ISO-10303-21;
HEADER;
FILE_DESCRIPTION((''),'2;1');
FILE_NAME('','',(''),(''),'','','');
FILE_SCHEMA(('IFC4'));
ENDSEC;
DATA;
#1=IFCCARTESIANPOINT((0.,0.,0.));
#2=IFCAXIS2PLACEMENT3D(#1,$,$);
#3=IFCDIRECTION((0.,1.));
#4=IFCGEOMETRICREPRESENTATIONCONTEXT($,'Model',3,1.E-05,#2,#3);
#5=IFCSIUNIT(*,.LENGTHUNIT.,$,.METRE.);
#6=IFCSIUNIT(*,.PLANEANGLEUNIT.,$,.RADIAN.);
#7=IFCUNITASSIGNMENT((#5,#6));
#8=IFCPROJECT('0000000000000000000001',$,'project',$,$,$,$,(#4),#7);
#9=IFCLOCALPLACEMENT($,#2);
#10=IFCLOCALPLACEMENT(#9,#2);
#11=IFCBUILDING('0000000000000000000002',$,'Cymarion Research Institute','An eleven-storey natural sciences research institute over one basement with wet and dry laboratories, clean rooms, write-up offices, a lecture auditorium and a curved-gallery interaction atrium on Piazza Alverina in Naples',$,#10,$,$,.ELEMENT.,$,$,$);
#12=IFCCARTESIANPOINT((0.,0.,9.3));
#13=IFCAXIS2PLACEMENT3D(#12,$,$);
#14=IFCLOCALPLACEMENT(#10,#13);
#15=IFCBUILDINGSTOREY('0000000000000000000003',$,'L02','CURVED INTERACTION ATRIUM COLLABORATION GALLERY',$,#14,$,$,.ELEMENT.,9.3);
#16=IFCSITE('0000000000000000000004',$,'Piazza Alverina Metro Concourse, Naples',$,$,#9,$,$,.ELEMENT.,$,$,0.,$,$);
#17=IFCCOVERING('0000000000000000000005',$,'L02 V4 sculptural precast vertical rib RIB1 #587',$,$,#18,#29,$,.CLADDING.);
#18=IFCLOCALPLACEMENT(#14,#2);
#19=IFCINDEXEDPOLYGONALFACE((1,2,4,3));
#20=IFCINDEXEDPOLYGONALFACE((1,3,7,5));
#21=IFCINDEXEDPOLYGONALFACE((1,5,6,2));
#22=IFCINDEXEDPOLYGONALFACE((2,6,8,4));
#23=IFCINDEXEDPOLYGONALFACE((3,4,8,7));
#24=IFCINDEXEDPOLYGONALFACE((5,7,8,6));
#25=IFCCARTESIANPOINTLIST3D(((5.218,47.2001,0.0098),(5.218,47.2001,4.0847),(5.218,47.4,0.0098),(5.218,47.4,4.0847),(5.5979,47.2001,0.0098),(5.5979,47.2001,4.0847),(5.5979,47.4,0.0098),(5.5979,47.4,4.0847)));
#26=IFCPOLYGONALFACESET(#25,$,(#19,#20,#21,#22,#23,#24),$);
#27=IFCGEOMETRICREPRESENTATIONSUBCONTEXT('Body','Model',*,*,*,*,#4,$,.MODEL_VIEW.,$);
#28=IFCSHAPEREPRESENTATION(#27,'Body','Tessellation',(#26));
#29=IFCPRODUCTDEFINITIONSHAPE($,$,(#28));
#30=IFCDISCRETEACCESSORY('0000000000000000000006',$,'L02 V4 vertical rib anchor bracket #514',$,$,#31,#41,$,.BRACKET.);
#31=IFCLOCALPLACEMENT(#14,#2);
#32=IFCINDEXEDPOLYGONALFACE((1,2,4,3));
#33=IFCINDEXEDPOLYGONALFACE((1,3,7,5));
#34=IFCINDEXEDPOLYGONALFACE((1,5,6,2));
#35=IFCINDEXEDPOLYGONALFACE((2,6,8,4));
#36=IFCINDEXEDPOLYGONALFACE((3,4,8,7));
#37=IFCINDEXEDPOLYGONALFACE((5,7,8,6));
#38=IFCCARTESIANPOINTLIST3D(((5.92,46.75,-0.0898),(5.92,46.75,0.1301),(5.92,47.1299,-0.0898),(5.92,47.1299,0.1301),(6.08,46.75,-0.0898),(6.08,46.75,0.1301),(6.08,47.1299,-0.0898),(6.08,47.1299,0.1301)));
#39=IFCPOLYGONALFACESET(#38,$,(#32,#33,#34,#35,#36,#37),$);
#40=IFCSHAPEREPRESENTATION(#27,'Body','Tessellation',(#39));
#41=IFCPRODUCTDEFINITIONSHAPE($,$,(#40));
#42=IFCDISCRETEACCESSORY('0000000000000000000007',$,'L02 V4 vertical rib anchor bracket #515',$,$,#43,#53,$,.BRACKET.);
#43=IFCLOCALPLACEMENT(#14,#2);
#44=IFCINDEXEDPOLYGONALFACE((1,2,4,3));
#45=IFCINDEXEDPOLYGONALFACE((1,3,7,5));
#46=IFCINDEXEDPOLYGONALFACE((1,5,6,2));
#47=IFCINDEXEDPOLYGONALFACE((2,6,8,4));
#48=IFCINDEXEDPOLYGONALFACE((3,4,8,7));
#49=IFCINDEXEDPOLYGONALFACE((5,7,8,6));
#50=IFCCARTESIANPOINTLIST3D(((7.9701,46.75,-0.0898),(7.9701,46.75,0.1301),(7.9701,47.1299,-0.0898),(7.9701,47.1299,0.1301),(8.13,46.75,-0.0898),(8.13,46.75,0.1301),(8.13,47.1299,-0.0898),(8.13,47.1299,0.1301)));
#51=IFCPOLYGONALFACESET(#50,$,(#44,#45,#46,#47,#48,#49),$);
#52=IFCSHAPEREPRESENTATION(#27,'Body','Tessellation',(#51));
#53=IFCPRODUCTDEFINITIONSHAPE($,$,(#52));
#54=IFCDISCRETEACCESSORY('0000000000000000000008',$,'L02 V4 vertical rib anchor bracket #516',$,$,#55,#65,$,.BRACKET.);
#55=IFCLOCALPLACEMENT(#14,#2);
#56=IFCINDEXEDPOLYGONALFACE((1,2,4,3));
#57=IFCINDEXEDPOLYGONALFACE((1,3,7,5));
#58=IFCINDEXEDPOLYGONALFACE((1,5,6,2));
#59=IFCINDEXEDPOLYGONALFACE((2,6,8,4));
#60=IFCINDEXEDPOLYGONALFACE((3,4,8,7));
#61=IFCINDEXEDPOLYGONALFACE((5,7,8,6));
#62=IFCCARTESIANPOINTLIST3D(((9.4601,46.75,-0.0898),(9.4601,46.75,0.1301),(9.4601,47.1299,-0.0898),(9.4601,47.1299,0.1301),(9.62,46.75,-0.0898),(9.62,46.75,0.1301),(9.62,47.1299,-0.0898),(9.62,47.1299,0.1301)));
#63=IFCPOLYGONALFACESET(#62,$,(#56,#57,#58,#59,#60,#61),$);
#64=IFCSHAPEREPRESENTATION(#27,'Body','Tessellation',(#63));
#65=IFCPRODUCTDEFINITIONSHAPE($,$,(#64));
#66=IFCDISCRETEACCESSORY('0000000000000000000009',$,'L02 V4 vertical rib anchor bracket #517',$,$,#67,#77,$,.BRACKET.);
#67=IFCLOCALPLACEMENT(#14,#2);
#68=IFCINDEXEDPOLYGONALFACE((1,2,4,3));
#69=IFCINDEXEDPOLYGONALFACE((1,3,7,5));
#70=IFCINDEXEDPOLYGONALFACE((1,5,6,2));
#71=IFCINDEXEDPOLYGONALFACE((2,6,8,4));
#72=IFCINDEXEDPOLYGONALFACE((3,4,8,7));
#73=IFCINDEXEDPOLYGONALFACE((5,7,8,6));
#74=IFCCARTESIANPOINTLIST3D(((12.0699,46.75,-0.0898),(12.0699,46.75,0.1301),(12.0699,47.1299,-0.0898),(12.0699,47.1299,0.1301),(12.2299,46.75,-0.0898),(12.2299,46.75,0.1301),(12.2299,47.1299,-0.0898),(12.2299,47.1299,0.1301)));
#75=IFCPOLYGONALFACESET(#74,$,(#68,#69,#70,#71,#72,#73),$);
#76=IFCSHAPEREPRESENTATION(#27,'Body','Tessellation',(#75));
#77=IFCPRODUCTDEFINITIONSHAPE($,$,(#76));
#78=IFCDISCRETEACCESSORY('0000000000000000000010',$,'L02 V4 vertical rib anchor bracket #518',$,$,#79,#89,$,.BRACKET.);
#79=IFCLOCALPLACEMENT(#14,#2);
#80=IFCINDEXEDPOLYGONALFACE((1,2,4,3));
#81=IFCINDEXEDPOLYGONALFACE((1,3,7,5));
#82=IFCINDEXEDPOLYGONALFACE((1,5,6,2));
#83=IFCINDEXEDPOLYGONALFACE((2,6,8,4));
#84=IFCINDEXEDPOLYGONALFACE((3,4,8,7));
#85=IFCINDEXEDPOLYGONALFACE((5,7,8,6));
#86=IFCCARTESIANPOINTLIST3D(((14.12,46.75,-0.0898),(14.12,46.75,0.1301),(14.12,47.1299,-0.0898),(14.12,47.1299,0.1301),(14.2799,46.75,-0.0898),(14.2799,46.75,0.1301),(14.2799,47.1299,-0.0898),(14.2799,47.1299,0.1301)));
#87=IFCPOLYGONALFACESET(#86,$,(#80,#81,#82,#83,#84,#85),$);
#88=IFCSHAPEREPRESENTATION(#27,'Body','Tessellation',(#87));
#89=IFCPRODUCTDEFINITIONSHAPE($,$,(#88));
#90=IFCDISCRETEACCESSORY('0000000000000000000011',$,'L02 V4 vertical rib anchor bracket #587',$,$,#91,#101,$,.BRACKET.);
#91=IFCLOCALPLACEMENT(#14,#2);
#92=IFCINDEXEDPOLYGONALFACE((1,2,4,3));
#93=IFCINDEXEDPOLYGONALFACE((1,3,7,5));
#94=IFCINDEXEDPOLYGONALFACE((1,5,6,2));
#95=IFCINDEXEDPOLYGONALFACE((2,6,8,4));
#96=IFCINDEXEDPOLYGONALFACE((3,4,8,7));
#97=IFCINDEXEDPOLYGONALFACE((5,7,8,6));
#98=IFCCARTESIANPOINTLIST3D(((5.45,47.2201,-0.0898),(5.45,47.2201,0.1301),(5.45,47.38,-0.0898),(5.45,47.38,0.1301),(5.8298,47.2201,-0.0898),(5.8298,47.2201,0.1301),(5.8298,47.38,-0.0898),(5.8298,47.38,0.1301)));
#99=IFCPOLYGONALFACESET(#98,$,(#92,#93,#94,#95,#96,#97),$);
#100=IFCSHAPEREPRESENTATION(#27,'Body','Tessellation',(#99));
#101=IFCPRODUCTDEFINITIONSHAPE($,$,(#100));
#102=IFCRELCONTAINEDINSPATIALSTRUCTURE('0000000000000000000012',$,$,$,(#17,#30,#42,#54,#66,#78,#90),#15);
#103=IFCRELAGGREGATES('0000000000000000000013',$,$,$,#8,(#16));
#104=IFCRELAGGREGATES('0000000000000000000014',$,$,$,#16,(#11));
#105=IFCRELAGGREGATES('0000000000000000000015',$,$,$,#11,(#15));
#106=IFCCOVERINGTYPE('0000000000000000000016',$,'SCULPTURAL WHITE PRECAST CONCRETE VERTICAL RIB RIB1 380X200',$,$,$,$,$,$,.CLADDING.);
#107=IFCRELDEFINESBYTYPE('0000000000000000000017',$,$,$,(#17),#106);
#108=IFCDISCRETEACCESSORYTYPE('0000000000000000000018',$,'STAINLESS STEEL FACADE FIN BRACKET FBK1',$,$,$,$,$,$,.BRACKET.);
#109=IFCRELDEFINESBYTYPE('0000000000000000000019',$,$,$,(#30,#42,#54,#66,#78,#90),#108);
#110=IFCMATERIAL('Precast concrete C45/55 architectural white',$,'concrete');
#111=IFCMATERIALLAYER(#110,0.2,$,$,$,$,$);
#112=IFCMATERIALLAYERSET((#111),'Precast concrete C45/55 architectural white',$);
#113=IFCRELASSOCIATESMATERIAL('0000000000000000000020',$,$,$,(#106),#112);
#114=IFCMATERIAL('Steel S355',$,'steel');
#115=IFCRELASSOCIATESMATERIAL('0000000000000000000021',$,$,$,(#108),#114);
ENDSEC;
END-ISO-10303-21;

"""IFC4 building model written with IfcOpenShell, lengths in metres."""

from ifc_helpers import new_model, si_unit, direction, frame, origin, origin_2d, place, context, subcontext, project, spatial, rectangle, extrude, material, layer, layer_set, type_object, element, save


model = new_model("IFC4")

# Units and contexts
model_context = context("Model", 3, precision=1e-05, world=origin(), true_north=direction((0.0, 1.0)))
body_context = subcontext(model_context, "Body", "Model", "MODEL_VIEW")
ifc_project = project(units=[si_unit("LENGTHUNIT", "METRE"), si_unit("PLANEANGLEUNIT", "RADIAN")], contexts=[model_context])

# Site, building, storey
site_placement = place(None, origin())
site = spatial("IfcSite", under=ifc_project, at=site_placement, Name="Piazza Alverina Metro Concourse, Naples", CompositionType="ELEMENT", RefElevation=0.0)
building_placement = place(site_placement, origin())
building = spatial("IfcBuilding", under=site, at=building_placement, Name="Cymarion Research Institute", Description="An eleven-storey natural sciences research institute over one basement with wet and dry laboratories, clean rooms, write-up offices, a lecture auditorium and a curved-gallery interaction atrium on Piazza Alverina in Naples", CompositionType="ELEMENT")
storey_placement = place(building_placement, frame((0.0, 0.0, 9.3)))
storey = spatial("IfcBuildingStorey", under=building, at=storey_placement, Name="L02", Description="CURVED INTERACTION ATRIUM COLLABORATION GALLERY", CompositionType="ELEMENT", Elevation=9.3)

# Shared definitions
ifc_material_1 = material(Name="Steel S355", Category="steel")

# Covering
ifc_material_2 = material(Name="Precast concrete C45/55 architectural white", Category="concrete")
ifc_layer_1 = layer(ifc_material_2, 0.2)
ifc_layer_set_1 = layer_set([ifc_layer_1], Name="Precast concrete C45/55 architectural white")
covering_type = type_object("IfcCoveringType", Name="SCULPTURAL WHITE PRECAST CONCRETE VERTICAL RIB RIB1 380X200", PredefinedType="CLADDING", material=ifc_layer_set_1)
for number, where, z_axis, x_axis, name in (
    (1, (5.408, 47.3, 0.0098), (0.0, 0.0, 1.0), (-1.0, 0.0, 0.0), "L02 V4 sculptural precast vertical rib RIB1 #587"),
):
    element("IfcCovering", number, at=place(storey_placement, frame(where, z_axis=z_axis, x_axis=x_axis)), inside=storey, type_object=covering_type, Name=name, PredefinedType="CLADDING", context=body_context, shape_type="SweptSolid", body=[
        extrude(rectangle(XDim=0.3799, YDim=0.2, at=origin_2d()), origin(), (0.0, 0.0, 1.0), 4.075),
    ])

# Discrete accessories
discrete_accessory_type = type_object("IfcDiscreteAccessoryType", Name="STAINLESS STEEL FACADE FIN BRACKET FBK1", PredefinedType="BRACKET", material=ifc_material_1)
for number, where, z_axis, x_axis, name in (
    (2, (6.0, 46.9399, -0.0898), (0.0, 0.0, 1.0), (0.0, -1.0, 0.0), "L02 V4 vertical rib anchor bracket #514"),
    (3, (8.05, 46.9399, -0.0898), (0.0, 0.0, 1.0), (0.0, -1.0, 0.0), "L02 V4 vertical rib anchor bracket #515"),
    (4, (9.54, 46.9399, -0.0898), (0.0, 0.0, 1.0), (0.0, -1.0, 0.0), "L02 V4 vertical rib anchor bracket #516"),
    (5, (12.1499, 46.9399, -0.0898), (0.0, 0.0, 1.0), (0.0, -1.0, 0.0), "L02 V4 vertical rib anchor bracket #517"),
    (6, (14.2, 46.9399, -0.0898), (0.0, 0.0, 1.0), (0.0, -1.0, 0.0), "L02 V4 vertical rib anchor bracket #518"),
    (7, (5.6399, 47.3, -0.0898), (0.0, 0.0, 1.0), (-1.0, 0.0, 0.0), "L02 V4 vertical rib anchor bracket #587"),
):
    element("IfcDiscreteAccessory", number, at=place(storey_placement, frame(where, z_axis=z_axis, x_axis=x_axis)), inside=storey, type_object=discrete_accessory_type, Name=name, PredefinedType="BRACKET", context=body_context, shape_type="SweptSolid", body=[
        extrude(rectangle(XDim=0.3799, YDim=0.1599, at=origin_2d()), origin(), (0.0, 0.0, 1.0), 0.22),
    ])

save(model, "model.ifc")
